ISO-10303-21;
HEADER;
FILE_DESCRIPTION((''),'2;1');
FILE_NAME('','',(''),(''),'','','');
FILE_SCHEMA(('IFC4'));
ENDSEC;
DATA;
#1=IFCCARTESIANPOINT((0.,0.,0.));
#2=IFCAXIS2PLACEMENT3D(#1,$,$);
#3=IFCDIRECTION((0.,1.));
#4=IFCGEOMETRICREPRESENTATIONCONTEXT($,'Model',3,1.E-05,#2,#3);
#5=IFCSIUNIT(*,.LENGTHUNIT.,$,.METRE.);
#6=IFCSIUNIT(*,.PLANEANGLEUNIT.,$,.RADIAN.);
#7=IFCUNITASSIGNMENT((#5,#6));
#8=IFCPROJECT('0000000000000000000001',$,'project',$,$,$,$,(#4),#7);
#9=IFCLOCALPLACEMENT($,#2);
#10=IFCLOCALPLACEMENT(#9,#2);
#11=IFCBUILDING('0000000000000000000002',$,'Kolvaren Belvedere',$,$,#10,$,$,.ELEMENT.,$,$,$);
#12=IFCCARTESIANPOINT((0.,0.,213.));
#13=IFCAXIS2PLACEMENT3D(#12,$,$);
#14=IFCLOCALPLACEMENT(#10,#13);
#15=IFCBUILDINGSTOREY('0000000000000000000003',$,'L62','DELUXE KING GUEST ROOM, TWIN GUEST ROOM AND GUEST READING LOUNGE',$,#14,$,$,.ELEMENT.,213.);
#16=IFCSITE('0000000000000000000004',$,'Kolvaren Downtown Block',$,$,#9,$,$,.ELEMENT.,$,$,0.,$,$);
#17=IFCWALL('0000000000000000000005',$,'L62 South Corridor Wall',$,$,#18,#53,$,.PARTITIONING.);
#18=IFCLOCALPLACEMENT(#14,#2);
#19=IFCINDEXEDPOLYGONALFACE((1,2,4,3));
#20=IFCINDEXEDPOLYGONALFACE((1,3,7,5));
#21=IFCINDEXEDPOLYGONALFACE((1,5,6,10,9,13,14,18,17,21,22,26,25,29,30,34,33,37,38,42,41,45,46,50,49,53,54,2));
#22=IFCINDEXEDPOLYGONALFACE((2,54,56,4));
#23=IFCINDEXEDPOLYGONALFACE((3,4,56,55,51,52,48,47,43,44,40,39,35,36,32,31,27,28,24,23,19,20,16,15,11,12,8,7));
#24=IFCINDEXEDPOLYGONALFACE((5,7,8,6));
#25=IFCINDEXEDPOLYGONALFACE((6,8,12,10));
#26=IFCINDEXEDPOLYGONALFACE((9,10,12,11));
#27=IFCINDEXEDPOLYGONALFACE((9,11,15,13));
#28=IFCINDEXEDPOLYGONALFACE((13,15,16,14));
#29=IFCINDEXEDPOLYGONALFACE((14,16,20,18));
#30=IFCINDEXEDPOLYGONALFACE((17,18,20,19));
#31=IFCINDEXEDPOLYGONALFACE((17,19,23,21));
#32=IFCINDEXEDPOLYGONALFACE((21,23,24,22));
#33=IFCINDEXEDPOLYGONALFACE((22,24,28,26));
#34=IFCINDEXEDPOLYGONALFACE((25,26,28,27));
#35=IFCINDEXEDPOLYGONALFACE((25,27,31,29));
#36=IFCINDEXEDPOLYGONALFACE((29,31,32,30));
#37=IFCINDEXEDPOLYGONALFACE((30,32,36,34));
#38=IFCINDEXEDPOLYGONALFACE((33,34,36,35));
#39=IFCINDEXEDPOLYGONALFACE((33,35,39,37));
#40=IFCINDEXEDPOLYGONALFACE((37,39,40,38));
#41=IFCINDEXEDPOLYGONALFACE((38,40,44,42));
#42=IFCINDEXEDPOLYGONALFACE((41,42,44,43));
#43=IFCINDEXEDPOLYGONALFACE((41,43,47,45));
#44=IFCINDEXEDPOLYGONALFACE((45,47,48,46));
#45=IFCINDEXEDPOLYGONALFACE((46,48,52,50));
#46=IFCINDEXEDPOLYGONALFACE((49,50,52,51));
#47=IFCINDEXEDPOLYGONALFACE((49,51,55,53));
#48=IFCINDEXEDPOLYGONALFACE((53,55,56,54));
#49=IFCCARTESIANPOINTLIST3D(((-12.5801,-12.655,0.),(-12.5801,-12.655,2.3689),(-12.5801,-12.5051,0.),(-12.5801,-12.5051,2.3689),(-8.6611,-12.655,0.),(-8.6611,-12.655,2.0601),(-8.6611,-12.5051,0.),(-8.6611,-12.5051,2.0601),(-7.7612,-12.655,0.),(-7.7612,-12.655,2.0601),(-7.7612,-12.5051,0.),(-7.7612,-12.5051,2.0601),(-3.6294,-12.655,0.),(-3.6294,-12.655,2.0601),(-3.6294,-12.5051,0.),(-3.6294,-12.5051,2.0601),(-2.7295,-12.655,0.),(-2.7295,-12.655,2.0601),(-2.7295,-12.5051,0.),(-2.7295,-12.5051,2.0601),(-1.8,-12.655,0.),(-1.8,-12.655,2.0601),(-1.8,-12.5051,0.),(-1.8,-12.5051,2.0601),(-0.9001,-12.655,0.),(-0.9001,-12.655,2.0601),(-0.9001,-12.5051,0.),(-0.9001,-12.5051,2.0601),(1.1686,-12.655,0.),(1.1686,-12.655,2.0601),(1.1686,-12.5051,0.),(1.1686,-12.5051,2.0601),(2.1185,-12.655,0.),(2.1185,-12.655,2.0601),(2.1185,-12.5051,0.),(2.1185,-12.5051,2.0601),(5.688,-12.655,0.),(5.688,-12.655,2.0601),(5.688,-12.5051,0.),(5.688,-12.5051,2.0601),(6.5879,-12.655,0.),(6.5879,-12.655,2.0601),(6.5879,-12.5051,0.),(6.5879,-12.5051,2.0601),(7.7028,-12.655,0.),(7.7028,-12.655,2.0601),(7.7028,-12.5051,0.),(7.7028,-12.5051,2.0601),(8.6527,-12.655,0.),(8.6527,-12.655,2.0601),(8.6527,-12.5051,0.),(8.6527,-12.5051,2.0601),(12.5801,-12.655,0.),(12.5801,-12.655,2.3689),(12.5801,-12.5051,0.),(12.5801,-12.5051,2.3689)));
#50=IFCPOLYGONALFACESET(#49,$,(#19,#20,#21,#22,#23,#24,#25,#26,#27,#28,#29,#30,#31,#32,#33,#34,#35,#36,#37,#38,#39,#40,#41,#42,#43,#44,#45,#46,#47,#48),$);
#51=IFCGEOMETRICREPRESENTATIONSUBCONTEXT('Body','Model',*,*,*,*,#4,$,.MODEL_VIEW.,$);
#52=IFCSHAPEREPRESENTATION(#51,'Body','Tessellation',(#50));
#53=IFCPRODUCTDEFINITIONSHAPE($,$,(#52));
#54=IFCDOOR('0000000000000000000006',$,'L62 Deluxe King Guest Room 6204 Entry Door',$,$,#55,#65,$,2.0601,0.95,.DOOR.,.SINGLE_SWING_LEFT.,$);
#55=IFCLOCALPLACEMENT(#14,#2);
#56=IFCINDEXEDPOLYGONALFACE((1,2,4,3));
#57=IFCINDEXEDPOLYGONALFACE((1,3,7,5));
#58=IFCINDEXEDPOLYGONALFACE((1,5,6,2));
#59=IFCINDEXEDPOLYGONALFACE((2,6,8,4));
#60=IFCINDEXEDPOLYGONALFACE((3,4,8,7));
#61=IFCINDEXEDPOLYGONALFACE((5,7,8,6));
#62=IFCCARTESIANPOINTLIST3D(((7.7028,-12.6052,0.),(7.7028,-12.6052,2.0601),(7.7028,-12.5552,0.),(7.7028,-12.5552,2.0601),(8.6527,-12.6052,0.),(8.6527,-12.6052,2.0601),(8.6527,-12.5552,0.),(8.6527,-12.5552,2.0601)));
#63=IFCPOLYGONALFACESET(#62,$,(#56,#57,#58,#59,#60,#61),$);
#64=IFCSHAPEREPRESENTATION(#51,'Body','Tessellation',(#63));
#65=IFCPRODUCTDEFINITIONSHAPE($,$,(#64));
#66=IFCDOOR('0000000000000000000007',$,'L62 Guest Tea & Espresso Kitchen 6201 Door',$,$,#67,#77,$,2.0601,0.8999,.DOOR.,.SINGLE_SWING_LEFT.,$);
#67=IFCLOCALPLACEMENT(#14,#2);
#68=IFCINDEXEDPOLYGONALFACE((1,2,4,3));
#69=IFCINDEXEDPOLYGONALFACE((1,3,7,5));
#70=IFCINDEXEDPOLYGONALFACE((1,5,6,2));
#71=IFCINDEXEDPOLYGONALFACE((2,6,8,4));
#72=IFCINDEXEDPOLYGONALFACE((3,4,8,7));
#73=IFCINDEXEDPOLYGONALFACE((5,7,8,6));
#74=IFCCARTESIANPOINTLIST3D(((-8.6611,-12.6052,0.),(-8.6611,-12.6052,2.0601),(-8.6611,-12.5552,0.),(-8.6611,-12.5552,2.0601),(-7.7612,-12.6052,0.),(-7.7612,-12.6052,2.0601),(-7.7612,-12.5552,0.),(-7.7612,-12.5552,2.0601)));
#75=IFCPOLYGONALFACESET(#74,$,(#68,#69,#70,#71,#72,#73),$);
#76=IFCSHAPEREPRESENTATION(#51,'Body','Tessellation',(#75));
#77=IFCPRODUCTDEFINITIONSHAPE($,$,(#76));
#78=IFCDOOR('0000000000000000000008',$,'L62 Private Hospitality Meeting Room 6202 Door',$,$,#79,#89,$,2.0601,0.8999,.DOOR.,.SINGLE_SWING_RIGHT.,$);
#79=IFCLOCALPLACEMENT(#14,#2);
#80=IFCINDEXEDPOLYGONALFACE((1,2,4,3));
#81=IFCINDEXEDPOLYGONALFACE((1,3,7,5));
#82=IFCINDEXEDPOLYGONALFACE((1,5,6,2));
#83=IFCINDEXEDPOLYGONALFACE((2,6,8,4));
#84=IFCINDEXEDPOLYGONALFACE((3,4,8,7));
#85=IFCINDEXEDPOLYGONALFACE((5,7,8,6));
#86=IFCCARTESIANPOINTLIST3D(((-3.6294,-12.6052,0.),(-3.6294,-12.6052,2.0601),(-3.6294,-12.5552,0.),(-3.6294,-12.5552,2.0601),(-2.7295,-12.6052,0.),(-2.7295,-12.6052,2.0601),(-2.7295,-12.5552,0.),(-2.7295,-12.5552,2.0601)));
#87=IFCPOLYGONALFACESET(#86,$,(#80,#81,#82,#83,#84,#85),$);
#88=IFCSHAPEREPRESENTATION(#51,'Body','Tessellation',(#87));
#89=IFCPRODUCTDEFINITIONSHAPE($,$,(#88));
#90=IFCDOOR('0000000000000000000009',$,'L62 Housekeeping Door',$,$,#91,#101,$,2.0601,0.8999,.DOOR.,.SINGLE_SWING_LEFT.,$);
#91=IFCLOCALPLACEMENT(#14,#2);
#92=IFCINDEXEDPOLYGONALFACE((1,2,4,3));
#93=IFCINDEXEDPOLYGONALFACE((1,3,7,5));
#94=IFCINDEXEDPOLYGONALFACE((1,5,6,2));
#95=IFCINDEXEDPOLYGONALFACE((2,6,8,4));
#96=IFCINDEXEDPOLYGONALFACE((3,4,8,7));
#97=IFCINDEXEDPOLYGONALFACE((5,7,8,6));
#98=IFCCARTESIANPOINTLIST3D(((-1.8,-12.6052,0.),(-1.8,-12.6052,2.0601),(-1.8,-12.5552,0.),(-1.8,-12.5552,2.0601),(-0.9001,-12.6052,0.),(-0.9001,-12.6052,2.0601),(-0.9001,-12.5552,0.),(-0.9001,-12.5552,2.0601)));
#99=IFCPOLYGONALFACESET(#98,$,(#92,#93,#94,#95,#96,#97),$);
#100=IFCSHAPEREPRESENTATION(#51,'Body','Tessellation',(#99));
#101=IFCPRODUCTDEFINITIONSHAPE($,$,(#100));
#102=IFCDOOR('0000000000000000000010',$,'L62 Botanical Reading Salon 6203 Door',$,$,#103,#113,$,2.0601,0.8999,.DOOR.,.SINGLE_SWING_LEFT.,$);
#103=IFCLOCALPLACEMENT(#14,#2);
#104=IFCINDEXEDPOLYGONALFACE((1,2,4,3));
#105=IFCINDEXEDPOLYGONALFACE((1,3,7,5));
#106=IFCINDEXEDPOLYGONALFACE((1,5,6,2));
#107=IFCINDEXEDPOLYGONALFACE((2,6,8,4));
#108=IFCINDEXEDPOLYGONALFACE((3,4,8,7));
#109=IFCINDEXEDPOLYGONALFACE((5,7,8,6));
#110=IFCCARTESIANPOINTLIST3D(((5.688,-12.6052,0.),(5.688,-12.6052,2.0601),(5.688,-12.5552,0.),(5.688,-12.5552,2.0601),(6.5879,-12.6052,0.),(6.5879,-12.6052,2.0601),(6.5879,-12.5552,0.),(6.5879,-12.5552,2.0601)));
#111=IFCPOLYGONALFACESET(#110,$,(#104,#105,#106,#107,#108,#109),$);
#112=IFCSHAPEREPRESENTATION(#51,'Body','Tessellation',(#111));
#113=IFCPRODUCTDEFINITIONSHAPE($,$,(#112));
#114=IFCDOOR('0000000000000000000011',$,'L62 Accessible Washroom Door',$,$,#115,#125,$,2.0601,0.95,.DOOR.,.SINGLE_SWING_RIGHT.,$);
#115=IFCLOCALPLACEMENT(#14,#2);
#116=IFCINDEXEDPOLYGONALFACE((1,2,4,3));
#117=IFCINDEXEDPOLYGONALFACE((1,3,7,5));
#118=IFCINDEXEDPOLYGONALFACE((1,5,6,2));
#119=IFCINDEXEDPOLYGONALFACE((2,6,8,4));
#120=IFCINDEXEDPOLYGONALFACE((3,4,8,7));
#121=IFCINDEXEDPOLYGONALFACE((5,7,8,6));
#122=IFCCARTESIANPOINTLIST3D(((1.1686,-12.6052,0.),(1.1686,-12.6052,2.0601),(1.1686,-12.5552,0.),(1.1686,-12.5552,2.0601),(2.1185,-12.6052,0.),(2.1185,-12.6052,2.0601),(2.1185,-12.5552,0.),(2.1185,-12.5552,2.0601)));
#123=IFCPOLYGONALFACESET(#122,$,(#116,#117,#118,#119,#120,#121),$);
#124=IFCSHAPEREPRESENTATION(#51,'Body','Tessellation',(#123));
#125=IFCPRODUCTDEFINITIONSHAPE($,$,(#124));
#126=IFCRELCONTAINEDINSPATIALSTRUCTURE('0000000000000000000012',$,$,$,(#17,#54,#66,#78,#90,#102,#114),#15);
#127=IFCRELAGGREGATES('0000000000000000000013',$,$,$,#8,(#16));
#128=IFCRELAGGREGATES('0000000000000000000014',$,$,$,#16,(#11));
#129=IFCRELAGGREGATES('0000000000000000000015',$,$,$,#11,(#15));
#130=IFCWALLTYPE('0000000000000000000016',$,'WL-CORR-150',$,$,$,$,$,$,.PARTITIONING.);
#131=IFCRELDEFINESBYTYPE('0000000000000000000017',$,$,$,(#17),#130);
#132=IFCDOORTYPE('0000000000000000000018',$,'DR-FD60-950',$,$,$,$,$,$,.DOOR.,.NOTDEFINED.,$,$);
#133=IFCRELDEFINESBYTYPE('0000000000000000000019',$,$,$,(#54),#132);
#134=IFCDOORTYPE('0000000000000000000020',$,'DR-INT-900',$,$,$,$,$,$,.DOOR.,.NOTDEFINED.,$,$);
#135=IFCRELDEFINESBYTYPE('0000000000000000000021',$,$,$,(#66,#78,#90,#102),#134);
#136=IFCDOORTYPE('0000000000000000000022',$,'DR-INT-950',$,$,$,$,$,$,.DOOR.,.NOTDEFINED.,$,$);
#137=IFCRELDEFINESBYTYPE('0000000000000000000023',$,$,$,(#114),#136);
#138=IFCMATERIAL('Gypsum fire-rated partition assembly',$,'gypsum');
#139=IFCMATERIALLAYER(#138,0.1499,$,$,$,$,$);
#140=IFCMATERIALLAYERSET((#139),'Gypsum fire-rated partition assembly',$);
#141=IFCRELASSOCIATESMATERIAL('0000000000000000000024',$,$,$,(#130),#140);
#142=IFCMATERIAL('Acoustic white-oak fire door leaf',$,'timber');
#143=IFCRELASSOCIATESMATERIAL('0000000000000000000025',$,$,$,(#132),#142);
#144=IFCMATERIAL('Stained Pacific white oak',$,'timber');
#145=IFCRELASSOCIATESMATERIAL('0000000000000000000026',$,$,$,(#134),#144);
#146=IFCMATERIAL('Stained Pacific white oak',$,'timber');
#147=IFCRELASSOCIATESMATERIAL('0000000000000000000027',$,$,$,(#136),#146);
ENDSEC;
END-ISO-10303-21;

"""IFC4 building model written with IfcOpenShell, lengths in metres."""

from ifc_helpers import new_model, si_unit, direction, frame, frame_2d, origin, place, context, subcontext, project, spatial, rectangle, extrude, material, layer, layer_set, type_object, element, fill, save


model = new_model("IFC4")

# Units and contexts
model_context = context("Model", 3, precision=1e-05, world=origin(), true_north=direction((0.0, 1.0)))
body_context = subcontext(model_context, "Body", "Model", "MODEL_VIEW")
ifc_project = project(units=[si_unit("LENGTHUNIT", "METRE"), si_unit("PLANEANGLEUNIT", "RADIAN")], contexts=[model_context])

# Site, building, storey
site_placement = place(None, origin())
site = spatial("IfcSite", under=ifc_project, at=site_placement, Name="Kolvaren Downtown Block", CompositionType="ELEMENT", RefElevation=0.0)
building_placement = place(site_placement, origin())
building = spatial("IfcBuilding", under=site, at=building_placement, Name="Kolvaren Belvedere", CompositionType="ELEMENT")
storey_placement = place(building_placement, frame((0.0, 0.0, 213.0)))
storey = spatial("IfcBuildingStorey", under=building, at=storey_placement, Name="L62", Description="DELUXE KING GUEST ROOM, TWIN GUEST ROOM AND GUEST READING LOUNGE", CompositionType="ELEMENT", Elevation=213.0)

# Wall, openings, doors
ifc_material_1 = material(Name="Gypsum fire-rated partition assembly", Category="gypsum")
ifc_layer_1 = layer(ifc_material_1, 0.1499)
ifc_layer_set_1 = layer_set([ifc_layer_1], Name="Gypsum fire-rated partition assembly")
wall_type_1 = type_object("IfcWallType", Name="WL-CORR-150", PredefinedType="PARTITIONING", material=ifc_layer_set_1)
wall_1_placement = place(storey_placement, frame((-12.5801, -12.5801, 0.0), z_axis=(0.0, 0.0, 1.0), x_axis=(1.0, 0.0, 0.0)))
wall_1 = element("IfcWall", 1, at=wall_1_placement, inside=storey, type_object=wall_type_1, Name="L62 South Corridor Wall", PredefinedType="PARTITIONING", context=body_context, shape_type="SweptSolid", body=[
    extrude(rectangle(XDim=25.1602, YDim=0.1499, at=frame_2d((12.5801, 0.0))), origin(), (0.0, 0.0, 1.0), 2.3689),
])
opening_1_placement = place(wall_1_placement, frame((3.9189, 0.0, 0.0)))
opening_1 = element("IfcOpeningElement", 2, at=opening_1_placement, cuts=wall_1, PredefinedType="OPENING", context=body_context, shape_type="SweptSolid", body=[
    extrude(rectangle(XDim=0.8999, YDim=2.0601, at=frame_2d((0.45, 1.03))), frame((0.0, 0.085, 0.0), z_axis=(0.0, -1.0, 0.0), x_axis=(1.0, 0.0, 0.0)), (0.0, 0.0, 1.0), 0.1699),
])
opening_2_placement = place(wall_1_placement, frame((8.9507, 0.0, 0.0)))
opening_2 = element("IfcOpeningElement", 3, at=opening_2_placement, cuts=wall_1, PredefinedType="OPENING", context=body_context, shape_type="SweptSolid", body=[
    extrude(rectangle(XDim=0.8999, YDim=2.0601, at=frame_2d((0.45, 1.03))), frame((0.0, 0.085, 0.0), z_axis=(0.0, -1.0, 0.0), x_axis=(1.0, 0.0, 0.0)), (0.0, 0.0, 1.0), 0.1699),
])
opening_3_placement = place(wall_1_placement, frame((10.78, 0.0, 0.0)))
opening_3 = element("IfcOpeningElement", 4, at=opening_3_placement, cuts=wall_1, PredefinedType="OPENING", context=body_context, shape_type="SweptSolid", body=[
    extrude(rectangle(XDim=0.8999, YDim=2.0601, at=frame_2d((0.45, 1.03))), frame((0.0, 0.085, 0.0), z_axis=(0.0, -1.0, 0.0), x_axis=(1.0, 0.0, 0.0)), (0.0, 0.0, 1.0), 0.1699),
])
opening_4_placement = place(wall_1_placement, frame((13.7485, 0.0, 0.0)))
opening_4 = element("IfcOpeningElement", 5, at=opening_4_placement, cuts=wall_1, PredefinedType="OPENING", context=body_context, shape_type="SweptSolid", body=[
    extrude(rectangle(XDim=0.95, YDim=2.0601, at=frame_2d((0.4751, 1.03))), frame((0.0, 0.085, 0.0), z_axis=(0.0, -1.0, 0.0), x_axis=(1.0, 0.0, 0.0)), (0.0, 0.0, 1.0), 0.1699),
])
opening_5_placement = place(wall_1_placement, frame((18.2681, 0.0, 0.0)))
opening_5 = element("IfcOpeningElement", 6, at=opening_5_placement, cuts=wall_1, PredefinedType="OPENING", context=body_context, shape_type="SweptSolid", body=[
    extrude(rectangle(XDim=0.8999, YDim=2.0601, at=frame_2d((0.45, 1.03))), frame((0.0, 0.085, 0.0), z_axis=(0.0, -1.0, 0.0), x_axis=(1.0, 0.0, 0.0)), (0.0, 0.0, 1.0), 0.1699),
])
opening_6_placement = place(wall_1_placement, frame((20.2827, 0.0, 0.0)))
opening_6 = element("IfcOpeningElement", 7, at=opening_6_placement, cuts=wall_1, PredefinedType="OPENING", context=body_context, shape_type="SweptSolid", body=[
    extrude(rectangle(XDim=0.95, YDim=2.0601, at=frame_2d((0.4751, 1.03))), frame((0.0, 0.085, 0.0), z_axis=(0.0, -1.0, 0.0), x_axis=(1.0, 0.0, 0.0)), (0.0, 0.0, 1.0), 0.1699),
])
ifc_material_2 = material(Name="Acoustic white-oak fire door leaf", Category="timber")
door_type_1 = type_object("IfcDoorType", Name="DR-FD60-950", OperationType="NOTDEFINED", PredefinedType="DOOR", material=ifc_material_2)
door_1_placement = place(opening_6_placement, origin())
door_1 = element("IfcDoor", 8, at=door_1_placement, inside=storey, type_object=door_type_1, Name="L62 Deluxe King Guest Room 6204 Entry Door", OperationType="SINGLE_SWING_LEFT", OverallHeight=2.0601, OverallWidth=0.95, PredefinedType="DOOR", context=body_context, shape_type="SweptSolid", body=[
    extrude(rectangle(XDim=0.95, YDim=2.0601, at=frame_2d((0.4751, 1.03))), frame((0.0, 0.0249, 0.0), z_axis=(0.0, -1.0, 0.0), x_axis=(1.0, 0.0, 0.0)), (0.0, 0.0, 1.0), 0.05),
])
fill(opening_6, door_1)
ifc_material_3 = material(Name="Stained Pacific white oak", Category="timber")
door_type_2 = type_object("IfcDoorType", Name="DR-INT-900", OperationType="NOTDEFINED", PredefinedType="DOOR", material=ifc_material_3)
door_2_placement = place(opening_1_placement, origin())
door_2 = element("IfcDoor", 9, at=door_2_placement, inside=storey, type_object=door_type_2, Name="L62 Guest Tea & Espresso Kitchen 6201 Door", OperationType="SINGLE_SWING_LEFT", OverallHeight=2.0601, OverallWidth=0.8999, PredefinedType="DOOR", context=body_context, shape_type="SweptSolid", body=[
    extrude(rectangle(XDim=0.8999, YDim=2.0601, at=frame_2d((0.45, 1.03))), frame((0.0, 0.0249, 0.0), z_axis=(0.0, -1.0, 0.0), x_axis=(1.0, 0.0, 0.0)), (0.0, 0.0, 1.0), 0.05),
])
fill(opening_1, door_2)
door_3_placement = place(opening_2_placement, origin())
door_3 = element("IfcDoor", 10, at=door_3_placement, inside=storey, type_object=door_type_2, Name="L62 Private Hospitality Meeting Room 6202 Door", OperationType="SINGLE_SWING_RIGHT", OverallHeight=2.0601, OverallWidth=0.8999, PredefinedType="DOOR", context=body_context, shape_type="SweptSolid", body=[
    extrude(rectangle(XDim=0.8999, YDim=2.0601, at=frame_2d((0.45, 1.03))), frame((0.0, 0.0249, 0.0), z_axis=(0.0, -1.0, 0.0), x_axis=(1.0, 0.0, 0.0)), (0.0, 0.0, 1.0), 0.05),
])
fill(opening_2, door_3)
door_4_placement = place(opening_3_placement, origin())
door_4 = element("IfcDoor", 11, at=door_4_placement, inside=storey, type_object=door_type_2, Name="L62 Housekeeping Door", OperationType="SINGLE_SWING_LEFT", OverallHeight=2.0601, OverallWidth=0.8999, PredefinedType="DOOR", context=body_context, shape_type="SweptSolid", body=[
    extrude(rectangle(XDim=0.8999, YDim=2.0601, at=frame_2d((0.45, 1.03))), frame((0.0, 0.0249, 0.0), z_axis=(0.0, -1.0, 0.0), x_axis=(1.0, 0.0, 0.0)), (0.0, 0.0, 1.0), 0.05),
])
fill(opening_3, door_4)
door_5_placement = place(opening_5_placement, origin())
door_5 = element("IfcDoor", 12, at=door_5_placement, inside=storey, type_object=door_type_2, Name="L62 Botanical Reading Salon 6203 Door", OperationType="SINGLE_SWING_LEFT", OverallHeight=2.0601, OverallWidth=0.8999, PredefinedType="DOOR", context=body_context, shape_type="SweptSolid", body=[
    extrude(rectangle(XDim=0.8999, YDim=2.0601, at=frame_2d((0.45, 1.03))), frame((0.0, 0.0249, 0.0), z_axis=(0.0, -1.0, 0.0), x_axis=(1.0, 0.0, 0.0)), (0.0, 0.0, 1.0), 0.05),
])
fill(opening_5, door_5)
ifc_material_4 = material(Name="Stained Pacific white oak", Category="timber")
door_type_3 = type_object("IfcDoorType", Name="DR-INT-950", OperationType="NOTDEFINED", PredefinedType="DOOR", material=ifc_material_4)
door_6_placement = place(opening_4_placement, origin())
door_6 = element("IfcDoor", 13, at=door_6_placement, inside=storey, type_object=door_type_3, Name="L62 Accessible Washroom Door", OperationType="SINGLE_SWING_RIGHT", OverallHeight=2.0601, OverallWidth=0.95, PredefinedType="DOOR", context=body_context, shape_type="SweptSolid", body=[
    extrude(rectangle(XDim=0.95, YDim=2.0601, at=frame_2d((0.4751, 1.03))), frame((0.0, 0.0249, 0.0), z_axis=(0.0, -1.0, 0.0), x_axis=(1.0, 0.0, 0.0)), (0.0, 0.0, 1.0), 0.05),
])
fill(opening_4, door_6)

save(model, "model.ifc")
